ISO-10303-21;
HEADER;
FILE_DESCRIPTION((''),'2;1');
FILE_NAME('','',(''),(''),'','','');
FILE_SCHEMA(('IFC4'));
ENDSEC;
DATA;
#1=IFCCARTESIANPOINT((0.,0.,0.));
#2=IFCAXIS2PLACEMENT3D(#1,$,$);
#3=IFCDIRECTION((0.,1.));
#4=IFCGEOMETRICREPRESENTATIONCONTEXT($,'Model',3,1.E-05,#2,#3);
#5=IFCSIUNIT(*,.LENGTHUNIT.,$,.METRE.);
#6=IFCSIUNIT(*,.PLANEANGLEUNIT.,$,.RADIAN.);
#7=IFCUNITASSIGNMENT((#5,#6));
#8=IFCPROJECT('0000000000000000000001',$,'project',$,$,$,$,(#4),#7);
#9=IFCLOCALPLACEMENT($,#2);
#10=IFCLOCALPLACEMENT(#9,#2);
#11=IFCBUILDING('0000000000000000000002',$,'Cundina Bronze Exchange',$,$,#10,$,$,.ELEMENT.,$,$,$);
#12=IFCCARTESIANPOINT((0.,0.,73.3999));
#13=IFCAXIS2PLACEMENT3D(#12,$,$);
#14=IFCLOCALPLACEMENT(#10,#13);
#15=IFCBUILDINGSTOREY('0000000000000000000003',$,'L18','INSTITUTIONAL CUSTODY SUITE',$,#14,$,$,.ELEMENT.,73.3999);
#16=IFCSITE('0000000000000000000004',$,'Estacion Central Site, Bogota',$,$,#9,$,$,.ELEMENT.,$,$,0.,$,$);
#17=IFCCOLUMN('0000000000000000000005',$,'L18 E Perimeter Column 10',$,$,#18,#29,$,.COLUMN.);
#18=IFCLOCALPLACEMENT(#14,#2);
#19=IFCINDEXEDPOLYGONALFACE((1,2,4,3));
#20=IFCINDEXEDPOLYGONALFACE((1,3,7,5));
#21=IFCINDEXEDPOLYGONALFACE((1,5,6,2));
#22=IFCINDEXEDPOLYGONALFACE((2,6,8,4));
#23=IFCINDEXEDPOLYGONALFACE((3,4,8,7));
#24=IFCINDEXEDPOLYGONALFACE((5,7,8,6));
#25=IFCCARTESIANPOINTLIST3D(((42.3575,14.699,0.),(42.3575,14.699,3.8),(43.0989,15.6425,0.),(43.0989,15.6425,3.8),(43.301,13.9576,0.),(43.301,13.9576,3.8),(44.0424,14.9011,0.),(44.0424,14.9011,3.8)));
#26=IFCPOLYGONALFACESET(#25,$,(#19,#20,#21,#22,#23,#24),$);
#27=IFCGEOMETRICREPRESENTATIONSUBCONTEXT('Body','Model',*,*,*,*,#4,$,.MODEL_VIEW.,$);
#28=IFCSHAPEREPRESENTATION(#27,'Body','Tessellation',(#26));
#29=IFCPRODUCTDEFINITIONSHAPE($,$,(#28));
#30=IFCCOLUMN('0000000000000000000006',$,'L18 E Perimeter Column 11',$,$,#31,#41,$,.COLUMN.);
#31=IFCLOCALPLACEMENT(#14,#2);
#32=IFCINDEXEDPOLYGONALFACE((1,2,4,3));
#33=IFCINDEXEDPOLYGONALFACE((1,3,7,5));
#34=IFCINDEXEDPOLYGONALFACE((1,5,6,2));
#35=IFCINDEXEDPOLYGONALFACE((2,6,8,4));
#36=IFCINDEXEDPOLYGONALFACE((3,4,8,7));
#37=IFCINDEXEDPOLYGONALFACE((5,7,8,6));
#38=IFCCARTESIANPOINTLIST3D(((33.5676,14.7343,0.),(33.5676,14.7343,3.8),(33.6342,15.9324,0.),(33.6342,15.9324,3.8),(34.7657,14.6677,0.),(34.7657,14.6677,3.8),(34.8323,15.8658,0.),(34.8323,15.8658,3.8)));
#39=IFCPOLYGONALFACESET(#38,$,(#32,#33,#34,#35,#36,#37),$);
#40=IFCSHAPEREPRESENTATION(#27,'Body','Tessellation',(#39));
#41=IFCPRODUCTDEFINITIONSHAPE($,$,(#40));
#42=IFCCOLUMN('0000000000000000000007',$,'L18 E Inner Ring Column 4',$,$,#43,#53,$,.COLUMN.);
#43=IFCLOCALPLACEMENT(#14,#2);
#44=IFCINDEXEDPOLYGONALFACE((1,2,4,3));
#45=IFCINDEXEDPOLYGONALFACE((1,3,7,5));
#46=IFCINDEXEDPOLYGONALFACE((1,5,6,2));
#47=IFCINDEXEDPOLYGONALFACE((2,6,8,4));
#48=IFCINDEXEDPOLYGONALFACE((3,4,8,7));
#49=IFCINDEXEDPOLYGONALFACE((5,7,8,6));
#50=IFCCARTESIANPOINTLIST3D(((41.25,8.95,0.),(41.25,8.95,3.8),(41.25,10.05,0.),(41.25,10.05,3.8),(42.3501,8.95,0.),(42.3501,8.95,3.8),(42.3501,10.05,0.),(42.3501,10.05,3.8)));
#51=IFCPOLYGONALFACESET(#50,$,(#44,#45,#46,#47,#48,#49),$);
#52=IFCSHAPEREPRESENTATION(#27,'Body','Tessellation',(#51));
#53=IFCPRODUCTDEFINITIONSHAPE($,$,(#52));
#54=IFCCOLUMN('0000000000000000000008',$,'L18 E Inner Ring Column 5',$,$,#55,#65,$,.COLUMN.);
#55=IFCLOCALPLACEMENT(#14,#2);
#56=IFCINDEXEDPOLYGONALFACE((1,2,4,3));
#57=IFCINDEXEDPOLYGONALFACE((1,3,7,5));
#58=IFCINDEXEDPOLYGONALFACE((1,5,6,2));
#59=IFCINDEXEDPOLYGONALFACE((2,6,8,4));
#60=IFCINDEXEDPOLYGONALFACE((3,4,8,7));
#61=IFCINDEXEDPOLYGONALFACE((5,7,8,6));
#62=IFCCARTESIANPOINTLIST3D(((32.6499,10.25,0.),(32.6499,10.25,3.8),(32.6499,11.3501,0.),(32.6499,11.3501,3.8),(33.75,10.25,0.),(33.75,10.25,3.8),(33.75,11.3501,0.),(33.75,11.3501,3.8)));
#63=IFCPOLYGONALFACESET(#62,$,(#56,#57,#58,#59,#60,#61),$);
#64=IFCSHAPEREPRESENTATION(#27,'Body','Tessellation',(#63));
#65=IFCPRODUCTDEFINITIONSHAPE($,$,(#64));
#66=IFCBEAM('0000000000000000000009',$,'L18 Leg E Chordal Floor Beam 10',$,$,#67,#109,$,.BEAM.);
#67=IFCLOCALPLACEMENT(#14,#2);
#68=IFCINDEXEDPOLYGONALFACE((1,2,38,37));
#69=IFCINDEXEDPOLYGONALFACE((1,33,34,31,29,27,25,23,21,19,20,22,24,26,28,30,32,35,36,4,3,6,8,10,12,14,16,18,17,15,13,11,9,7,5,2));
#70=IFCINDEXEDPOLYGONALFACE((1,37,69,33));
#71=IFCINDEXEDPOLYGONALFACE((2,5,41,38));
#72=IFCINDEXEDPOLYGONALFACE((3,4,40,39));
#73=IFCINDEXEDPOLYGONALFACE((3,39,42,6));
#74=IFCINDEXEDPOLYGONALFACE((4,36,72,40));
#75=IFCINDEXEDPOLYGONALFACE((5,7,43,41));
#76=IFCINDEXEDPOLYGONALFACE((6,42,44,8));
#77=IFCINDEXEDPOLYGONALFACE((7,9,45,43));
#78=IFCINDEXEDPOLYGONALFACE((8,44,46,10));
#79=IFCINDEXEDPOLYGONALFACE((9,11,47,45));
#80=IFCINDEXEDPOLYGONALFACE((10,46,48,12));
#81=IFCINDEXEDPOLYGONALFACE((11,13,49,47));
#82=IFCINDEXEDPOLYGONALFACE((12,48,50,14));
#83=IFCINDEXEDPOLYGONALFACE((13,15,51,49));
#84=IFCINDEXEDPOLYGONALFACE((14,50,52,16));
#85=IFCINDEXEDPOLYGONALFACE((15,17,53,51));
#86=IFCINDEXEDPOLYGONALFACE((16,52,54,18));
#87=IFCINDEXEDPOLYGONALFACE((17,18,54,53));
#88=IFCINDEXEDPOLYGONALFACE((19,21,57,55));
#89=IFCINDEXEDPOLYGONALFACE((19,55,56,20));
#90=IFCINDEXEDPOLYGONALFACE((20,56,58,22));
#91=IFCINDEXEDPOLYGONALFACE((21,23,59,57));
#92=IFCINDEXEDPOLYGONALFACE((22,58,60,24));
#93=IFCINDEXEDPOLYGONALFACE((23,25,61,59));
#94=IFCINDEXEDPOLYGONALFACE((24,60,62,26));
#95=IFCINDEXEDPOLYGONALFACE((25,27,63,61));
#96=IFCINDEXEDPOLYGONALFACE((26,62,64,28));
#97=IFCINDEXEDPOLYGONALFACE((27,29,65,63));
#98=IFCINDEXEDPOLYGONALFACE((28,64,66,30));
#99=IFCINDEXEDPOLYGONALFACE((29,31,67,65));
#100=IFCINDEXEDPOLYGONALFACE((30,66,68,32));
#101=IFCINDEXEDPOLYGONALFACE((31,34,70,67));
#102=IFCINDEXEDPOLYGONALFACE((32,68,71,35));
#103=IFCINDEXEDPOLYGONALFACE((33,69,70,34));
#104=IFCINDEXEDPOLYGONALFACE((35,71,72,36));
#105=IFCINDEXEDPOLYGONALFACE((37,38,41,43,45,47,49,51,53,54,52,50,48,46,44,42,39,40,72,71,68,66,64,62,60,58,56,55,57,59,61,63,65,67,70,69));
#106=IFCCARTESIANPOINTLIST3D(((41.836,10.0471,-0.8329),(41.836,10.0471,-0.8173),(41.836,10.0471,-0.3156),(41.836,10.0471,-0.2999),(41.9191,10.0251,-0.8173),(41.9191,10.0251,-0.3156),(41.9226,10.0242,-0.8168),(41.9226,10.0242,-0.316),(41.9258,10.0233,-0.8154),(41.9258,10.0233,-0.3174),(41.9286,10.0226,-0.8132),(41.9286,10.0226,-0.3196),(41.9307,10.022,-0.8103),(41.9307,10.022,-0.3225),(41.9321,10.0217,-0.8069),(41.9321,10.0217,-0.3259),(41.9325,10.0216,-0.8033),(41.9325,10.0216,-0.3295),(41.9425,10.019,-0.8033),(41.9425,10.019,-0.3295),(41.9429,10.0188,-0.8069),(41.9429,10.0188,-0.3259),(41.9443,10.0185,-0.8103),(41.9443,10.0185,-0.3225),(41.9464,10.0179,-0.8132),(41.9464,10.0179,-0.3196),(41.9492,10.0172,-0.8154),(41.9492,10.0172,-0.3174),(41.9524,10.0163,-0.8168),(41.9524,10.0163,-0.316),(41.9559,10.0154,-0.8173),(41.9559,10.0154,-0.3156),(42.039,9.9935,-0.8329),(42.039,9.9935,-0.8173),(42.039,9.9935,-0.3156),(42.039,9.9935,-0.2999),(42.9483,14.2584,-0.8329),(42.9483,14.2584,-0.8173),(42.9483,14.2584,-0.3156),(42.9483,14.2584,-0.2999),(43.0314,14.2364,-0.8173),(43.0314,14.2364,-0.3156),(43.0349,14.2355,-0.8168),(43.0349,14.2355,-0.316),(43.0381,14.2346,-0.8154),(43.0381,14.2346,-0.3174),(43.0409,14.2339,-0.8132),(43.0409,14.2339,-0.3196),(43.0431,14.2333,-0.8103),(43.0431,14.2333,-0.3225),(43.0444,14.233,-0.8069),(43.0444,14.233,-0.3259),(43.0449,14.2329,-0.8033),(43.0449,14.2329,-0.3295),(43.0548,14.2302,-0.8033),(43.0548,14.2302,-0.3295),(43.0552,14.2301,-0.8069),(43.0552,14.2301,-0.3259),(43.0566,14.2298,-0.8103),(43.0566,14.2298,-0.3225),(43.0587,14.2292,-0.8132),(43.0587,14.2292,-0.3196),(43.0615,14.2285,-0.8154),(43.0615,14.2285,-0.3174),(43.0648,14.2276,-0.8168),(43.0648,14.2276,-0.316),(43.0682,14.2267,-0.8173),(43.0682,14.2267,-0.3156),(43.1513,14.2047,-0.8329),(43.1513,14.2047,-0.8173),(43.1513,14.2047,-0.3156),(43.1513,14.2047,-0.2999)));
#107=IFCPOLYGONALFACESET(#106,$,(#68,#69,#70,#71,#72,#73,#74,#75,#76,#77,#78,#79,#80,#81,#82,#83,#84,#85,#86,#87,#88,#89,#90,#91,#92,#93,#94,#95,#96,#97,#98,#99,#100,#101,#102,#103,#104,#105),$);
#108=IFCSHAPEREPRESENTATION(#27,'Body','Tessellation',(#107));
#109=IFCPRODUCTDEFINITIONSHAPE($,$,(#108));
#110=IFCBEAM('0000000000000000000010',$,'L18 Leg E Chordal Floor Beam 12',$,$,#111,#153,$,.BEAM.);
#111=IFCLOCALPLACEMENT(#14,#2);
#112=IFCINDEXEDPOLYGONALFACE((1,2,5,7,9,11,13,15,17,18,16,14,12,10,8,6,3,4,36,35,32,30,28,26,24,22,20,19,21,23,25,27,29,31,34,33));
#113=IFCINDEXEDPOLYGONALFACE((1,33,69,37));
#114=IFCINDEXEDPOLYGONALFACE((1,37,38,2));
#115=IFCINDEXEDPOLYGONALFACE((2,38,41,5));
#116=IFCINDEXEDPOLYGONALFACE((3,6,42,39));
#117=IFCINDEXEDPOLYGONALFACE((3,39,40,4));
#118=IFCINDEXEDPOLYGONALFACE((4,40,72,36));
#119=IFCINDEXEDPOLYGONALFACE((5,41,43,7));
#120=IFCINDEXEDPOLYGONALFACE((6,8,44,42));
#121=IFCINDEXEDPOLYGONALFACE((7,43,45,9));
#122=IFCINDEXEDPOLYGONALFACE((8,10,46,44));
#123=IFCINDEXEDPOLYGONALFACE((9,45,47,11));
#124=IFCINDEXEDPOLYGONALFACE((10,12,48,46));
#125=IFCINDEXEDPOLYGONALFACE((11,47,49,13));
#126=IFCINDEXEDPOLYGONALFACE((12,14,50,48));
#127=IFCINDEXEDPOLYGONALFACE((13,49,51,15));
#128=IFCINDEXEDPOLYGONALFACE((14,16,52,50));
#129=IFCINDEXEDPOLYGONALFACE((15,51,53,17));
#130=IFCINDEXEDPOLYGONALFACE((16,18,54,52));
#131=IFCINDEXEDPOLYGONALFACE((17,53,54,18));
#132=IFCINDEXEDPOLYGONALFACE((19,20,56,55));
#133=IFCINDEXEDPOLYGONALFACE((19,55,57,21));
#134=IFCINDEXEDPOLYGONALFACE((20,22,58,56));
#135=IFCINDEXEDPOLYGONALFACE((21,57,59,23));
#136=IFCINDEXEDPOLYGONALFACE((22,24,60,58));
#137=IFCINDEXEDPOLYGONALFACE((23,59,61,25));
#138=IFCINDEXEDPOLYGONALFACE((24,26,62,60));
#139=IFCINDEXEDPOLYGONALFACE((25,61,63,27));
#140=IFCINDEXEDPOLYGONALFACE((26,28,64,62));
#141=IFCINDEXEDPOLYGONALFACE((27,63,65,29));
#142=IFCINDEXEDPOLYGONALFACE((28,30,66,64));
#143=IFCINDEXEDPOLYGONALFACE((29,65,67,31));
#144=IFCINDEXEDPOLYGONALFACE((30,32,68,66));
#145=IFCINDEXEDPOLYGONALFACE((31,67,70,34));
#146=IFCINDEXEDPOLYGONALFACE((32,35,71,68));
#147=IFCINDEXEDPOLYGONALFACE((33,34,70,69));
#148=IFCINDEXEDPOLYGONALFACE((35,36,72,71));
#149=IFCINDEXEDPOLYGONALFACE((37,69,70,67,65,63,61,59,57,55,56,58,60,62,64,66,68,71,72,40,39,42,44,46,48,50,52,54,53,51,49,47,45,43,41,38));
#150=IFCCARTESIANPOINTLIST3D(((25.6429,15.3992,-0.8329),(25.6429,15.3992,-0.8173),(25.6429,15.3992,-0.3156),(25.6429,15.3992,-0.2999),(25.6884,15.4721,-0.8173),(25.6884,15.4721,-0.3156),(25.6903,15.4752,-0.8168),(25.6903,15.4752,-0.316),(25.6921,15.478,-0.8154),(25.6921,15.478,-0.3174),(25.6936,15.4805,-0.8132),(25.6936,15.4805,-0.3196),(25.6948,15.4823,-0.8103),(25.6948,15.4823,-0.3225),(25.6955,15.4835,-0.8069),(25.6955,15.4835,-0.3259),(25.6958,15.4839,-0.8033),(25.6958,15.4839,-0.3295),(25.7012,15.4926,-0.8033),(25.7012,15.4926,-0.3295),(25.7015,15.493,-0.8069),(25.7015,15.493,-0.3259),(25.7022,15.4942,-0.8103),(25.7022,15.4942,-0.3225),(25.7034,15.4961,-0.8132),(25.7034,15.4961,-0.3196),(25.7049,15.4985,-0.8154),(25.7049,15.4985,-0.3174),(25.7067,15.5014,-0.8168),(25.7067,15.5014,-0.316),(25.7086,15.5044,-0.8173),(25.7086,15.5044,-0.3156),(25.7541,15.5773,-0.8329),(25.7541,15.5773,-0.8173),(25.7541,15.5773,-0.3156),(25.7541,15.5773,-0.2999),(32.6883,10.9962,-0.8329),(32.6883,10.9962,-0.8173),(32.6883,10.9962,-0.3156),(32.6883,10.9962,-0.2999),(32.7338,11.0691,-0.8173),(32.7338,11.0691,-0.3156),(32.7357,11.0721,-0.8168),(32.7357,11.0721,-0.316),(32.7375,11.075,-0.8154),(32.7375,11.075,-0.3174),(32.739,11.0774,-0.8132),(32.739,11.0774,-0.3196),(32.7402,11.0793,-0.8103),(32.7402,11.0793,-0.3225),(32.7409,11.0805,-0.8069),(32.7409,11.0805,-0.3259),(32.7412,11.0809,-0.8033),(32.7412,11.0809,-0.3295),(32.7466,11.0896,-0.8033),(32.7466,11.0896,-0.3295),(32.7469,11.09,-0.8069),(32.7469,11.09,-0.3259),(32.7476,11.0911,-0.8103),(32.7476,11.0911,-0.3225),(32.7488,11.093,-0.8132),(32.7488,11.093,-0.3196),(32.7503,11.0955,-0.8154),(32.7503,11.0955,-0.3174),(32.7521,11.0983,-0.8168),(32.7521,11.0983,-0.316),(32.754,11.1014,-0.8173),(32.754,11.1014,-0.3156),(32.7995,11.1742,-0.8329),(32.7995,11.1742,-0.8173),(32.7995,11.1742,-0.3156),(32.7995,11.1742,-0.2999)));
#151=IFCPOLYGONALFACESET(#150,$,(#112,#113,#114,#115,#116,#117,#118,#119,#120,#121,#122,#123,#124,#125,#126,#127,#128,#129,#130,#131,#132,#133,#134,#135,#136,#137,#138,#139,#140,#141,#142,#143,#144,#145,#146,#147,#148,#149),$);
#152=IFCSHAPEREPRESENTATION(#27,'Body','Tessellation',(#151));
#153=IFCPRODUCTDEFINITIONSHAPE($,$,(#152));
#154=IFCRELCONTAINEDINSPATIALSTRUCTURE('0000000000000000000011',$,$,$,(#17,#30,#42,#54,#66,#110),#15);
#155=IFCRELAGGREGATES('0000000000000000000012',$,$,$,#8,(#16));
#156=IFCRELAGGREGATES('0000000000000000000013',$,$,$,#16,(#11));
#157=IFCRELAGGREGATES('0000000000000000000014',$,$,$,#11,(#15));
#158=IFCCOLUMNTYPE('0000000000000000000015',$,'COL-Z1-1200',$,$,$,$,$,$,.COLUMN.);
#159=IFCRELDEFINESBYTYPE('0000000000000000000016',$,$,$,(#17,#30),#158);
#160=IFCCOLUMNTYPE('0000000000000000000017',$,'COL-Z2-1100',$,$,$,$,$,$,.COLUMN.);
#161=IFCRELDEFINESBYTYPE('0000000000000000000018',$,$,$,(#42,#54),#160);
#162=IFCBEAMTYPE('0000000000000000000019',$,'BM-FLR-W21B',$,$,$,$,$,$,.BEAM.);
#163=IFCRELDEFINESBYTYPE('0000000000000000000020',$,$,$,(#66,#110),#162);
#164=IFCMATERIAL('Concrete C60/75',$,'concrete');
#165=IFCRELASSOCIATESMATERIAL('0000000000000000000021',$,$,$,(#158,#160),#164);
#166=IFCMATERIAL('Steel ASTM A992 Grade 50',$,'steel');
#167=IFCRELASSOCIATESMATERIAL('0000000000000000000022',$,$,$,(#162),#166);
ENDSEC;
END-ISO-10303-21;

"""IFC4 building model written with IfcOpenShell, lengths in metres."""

from ifc_helpers import new_model, si_unit, direction, frame, origin, origin_2d, place, context, subcontext, project, spatial, rectangle, i_section, extrude, material, material_profile, profile_set, type_object, element, save


model = new_model("IFC4")

# Units and contexts
model_context = context("Model", 3, precision=1e-05, world=origin(), true_north=direction((0.0, 1.0)))
body_context = subcontext(model_context, "Body", "Model", "MODEL_VIEW")
ifc_project = project(units=[si_unit("LENGTHUNIT", "METRE"), si_unit("PLANEANGLEUNIT", "RADIAN")], contexts=[model_context])

# Site, building, storey
site_placement = place(None, origin())
site = spatial("IfcSite", under=ifc_project, at=site_placement, Name="Estacion Central Site, Bogota", CompositionType="ELEMENT", RefElevation=0.0)
building_placement = place(site_placement, origin())
building = spatial("IfcBuilding", under=site, at=building_placement, Name="Cundina Bronze Exchange", CompositionType="ELEMENT")
storey_placement = place(building_placement, frame((0.0, 0.0, 73.3999)))
storey = spatial("IfcBuildingStorey", under=building, at=storey_placement, Name="L18", Description="INSTITUTIONAL CUSTODY SUITE", CompositionType="ELEMENT", Elevation=73.3999)

# Columns
ifc_material_1 = material(Name="Concrete C60/75", Category="concrete")
ifc_material_profile_1 = material_profile(ifc_material_1, rectangle(XDim=1.2, YDim=1.2, at=origin_2d()), Name="RC1200X1200", Category="concrete")
ifc_profile_set_1 = profile_set([ifc_material_profile_1], Name="Concrete C60/75")
column_type_1 = type_object("IfcColumnType", Name="COL-Z1-1200", PredefinedType="COLUMN", material=ifc_profile_set_1)
for number, where, z_axis, x_axis, name in (
    (1, (43.2, 14.8, 0.0), (0.0, 0.0, 1.0), (-0.786288, 0.61786, 0.0), "L18 E Perimeter Column 10"),
    (2, (34.2, 15.3, 0.0), (0.0, 0.0, 1.0), (-0.99846, 0.055473, 0.0), "L18 E Perimeter Column 11"),
):
    element("IfcColumn", number, at=place(storey_placement, frame(where, z_axis=z_axis, x_axis=x_axis)), inside=storey, type_object=column_type_1, Name=name, PredefinedType="COLUMN", context=body_context, shape_type="SweptSolid", body=[
        extrude(rectangle(XDim=1.2, YDim=1.2, at=origin_2d()), origin(), (0.0, 0.0, 1.0), 3.8),
    ])
ifc_material_profile_2 = material_profile(ifc_material_1, rectangle(XDim=1.1001, YDim=1.1001, at=origin_2d()), Name="RC1100X1100", Category="concrete")
ifc_profile_set_2 = profile_set([ifc_material_profile_2], Name="Concrete C60/75")
column_type_2 = type_object("IfcColumnType", Name="COL-Z2-1100", PredefinedType="COLUMN", material=ifc_profile_set_2)
for number, where, z_axis, x_axis, name in (
    (3, (41.8, 9.5, 0.0), (0.0, 0.0, 1.0), (1.0, 0.0, 0.0), "L18 E Inner Ring Column 4"),
    (4, (33.2, 10.8, 0.0), (0.0, 0.0, 1.0), (1.0, 0.0, 0.0), "L18 E Inner Ring Column 5"),
):
    element("IfcColumn", number, at=place(storey_placement, frame(where, z_axis=z_axis, x_axis=x_axis)), inside=storey, type_object=column_type_2, Name=name, PredefinedType="COLUMN", context=body_context, shape_type="SweptSolid", body=[
        extrude(rectangle(XDim=1.1001, YDim=1.1001, at=origin_2d()), origin(), (0.0, 0.0, 1.0), 3.8),
    ])

# Beams
ifc_material_2 = material(Name="Steel ASTM A992 Grade 50", Category="steel")
ifc_material_profile_3 = material_profile(ifc_material_2, i_section(OverallWidth=0.21, OverallDepth=0.533, WebThickness=0.0103, FlangeThickness=0.0156, FilletRadius=0.0139, at=origin_2d()), Name="W21X62", Category="steel")
ifc_profile_set_3 = profile_set([ifc_material_profile_3], Name="Steel ASTM A992 Grade 50")
beam_type_1 = type_object("IfcBeamType", Name="BM-FLR-W21B", PredefinedType="BEAM", material=ifc_profile_set_3)
beam_1_placement = place(storey_placement, frame((41.9375, 10.0203, -0.5664), z_axis=(0.255373, 0.966843, 0.0), x_axis=(-0.966843, 0.255373, 0.0)))
element("IfcBeam", 5, at=beam_1_placement, inside=storey, type_object=beam_type_1, Name="L18 Leg E Chordal Floor Beam 10", PredefinedType="BEAM", context=body_context, shape_type="SweptSolid", body=[
    extrude(i_section(OverallWidth=0.21, OverallDepth=0.533, WebThickness=0.0103, FlangeThickness=0.0156, FilletRadius=0.0139, at=origin_2d()), origin(), (0.0, 0.0, 1.0), 4.3557),
])
beam_2_placement = place(storey_placement, frame((32.7439, 11.0852, -0.5664), z_axis=(-0.848015, 0.529973, 0.0), x_axis=(-0.529973, -0.848015, 0.0)))
element("IfcBeam", 6, at=beam_2_placement, inside=storey, type_object=beam_type_1, Name="L18 Leg E Chordal Floor Beam 12", PredefinedType="BEAM", context=body_context, shape_type="SweptSolid", body=[
    extrude(i_section(OverallWidth=0.21, OverallDepth=0.533, WebThickness=0.0103, FlangeThickness=0.0156, FilletRadius=0.0139, at=origin_2d()), origin(), (0.0, 0.0, 1.0), 8.3081),
])

save(model, "model.ifc")
